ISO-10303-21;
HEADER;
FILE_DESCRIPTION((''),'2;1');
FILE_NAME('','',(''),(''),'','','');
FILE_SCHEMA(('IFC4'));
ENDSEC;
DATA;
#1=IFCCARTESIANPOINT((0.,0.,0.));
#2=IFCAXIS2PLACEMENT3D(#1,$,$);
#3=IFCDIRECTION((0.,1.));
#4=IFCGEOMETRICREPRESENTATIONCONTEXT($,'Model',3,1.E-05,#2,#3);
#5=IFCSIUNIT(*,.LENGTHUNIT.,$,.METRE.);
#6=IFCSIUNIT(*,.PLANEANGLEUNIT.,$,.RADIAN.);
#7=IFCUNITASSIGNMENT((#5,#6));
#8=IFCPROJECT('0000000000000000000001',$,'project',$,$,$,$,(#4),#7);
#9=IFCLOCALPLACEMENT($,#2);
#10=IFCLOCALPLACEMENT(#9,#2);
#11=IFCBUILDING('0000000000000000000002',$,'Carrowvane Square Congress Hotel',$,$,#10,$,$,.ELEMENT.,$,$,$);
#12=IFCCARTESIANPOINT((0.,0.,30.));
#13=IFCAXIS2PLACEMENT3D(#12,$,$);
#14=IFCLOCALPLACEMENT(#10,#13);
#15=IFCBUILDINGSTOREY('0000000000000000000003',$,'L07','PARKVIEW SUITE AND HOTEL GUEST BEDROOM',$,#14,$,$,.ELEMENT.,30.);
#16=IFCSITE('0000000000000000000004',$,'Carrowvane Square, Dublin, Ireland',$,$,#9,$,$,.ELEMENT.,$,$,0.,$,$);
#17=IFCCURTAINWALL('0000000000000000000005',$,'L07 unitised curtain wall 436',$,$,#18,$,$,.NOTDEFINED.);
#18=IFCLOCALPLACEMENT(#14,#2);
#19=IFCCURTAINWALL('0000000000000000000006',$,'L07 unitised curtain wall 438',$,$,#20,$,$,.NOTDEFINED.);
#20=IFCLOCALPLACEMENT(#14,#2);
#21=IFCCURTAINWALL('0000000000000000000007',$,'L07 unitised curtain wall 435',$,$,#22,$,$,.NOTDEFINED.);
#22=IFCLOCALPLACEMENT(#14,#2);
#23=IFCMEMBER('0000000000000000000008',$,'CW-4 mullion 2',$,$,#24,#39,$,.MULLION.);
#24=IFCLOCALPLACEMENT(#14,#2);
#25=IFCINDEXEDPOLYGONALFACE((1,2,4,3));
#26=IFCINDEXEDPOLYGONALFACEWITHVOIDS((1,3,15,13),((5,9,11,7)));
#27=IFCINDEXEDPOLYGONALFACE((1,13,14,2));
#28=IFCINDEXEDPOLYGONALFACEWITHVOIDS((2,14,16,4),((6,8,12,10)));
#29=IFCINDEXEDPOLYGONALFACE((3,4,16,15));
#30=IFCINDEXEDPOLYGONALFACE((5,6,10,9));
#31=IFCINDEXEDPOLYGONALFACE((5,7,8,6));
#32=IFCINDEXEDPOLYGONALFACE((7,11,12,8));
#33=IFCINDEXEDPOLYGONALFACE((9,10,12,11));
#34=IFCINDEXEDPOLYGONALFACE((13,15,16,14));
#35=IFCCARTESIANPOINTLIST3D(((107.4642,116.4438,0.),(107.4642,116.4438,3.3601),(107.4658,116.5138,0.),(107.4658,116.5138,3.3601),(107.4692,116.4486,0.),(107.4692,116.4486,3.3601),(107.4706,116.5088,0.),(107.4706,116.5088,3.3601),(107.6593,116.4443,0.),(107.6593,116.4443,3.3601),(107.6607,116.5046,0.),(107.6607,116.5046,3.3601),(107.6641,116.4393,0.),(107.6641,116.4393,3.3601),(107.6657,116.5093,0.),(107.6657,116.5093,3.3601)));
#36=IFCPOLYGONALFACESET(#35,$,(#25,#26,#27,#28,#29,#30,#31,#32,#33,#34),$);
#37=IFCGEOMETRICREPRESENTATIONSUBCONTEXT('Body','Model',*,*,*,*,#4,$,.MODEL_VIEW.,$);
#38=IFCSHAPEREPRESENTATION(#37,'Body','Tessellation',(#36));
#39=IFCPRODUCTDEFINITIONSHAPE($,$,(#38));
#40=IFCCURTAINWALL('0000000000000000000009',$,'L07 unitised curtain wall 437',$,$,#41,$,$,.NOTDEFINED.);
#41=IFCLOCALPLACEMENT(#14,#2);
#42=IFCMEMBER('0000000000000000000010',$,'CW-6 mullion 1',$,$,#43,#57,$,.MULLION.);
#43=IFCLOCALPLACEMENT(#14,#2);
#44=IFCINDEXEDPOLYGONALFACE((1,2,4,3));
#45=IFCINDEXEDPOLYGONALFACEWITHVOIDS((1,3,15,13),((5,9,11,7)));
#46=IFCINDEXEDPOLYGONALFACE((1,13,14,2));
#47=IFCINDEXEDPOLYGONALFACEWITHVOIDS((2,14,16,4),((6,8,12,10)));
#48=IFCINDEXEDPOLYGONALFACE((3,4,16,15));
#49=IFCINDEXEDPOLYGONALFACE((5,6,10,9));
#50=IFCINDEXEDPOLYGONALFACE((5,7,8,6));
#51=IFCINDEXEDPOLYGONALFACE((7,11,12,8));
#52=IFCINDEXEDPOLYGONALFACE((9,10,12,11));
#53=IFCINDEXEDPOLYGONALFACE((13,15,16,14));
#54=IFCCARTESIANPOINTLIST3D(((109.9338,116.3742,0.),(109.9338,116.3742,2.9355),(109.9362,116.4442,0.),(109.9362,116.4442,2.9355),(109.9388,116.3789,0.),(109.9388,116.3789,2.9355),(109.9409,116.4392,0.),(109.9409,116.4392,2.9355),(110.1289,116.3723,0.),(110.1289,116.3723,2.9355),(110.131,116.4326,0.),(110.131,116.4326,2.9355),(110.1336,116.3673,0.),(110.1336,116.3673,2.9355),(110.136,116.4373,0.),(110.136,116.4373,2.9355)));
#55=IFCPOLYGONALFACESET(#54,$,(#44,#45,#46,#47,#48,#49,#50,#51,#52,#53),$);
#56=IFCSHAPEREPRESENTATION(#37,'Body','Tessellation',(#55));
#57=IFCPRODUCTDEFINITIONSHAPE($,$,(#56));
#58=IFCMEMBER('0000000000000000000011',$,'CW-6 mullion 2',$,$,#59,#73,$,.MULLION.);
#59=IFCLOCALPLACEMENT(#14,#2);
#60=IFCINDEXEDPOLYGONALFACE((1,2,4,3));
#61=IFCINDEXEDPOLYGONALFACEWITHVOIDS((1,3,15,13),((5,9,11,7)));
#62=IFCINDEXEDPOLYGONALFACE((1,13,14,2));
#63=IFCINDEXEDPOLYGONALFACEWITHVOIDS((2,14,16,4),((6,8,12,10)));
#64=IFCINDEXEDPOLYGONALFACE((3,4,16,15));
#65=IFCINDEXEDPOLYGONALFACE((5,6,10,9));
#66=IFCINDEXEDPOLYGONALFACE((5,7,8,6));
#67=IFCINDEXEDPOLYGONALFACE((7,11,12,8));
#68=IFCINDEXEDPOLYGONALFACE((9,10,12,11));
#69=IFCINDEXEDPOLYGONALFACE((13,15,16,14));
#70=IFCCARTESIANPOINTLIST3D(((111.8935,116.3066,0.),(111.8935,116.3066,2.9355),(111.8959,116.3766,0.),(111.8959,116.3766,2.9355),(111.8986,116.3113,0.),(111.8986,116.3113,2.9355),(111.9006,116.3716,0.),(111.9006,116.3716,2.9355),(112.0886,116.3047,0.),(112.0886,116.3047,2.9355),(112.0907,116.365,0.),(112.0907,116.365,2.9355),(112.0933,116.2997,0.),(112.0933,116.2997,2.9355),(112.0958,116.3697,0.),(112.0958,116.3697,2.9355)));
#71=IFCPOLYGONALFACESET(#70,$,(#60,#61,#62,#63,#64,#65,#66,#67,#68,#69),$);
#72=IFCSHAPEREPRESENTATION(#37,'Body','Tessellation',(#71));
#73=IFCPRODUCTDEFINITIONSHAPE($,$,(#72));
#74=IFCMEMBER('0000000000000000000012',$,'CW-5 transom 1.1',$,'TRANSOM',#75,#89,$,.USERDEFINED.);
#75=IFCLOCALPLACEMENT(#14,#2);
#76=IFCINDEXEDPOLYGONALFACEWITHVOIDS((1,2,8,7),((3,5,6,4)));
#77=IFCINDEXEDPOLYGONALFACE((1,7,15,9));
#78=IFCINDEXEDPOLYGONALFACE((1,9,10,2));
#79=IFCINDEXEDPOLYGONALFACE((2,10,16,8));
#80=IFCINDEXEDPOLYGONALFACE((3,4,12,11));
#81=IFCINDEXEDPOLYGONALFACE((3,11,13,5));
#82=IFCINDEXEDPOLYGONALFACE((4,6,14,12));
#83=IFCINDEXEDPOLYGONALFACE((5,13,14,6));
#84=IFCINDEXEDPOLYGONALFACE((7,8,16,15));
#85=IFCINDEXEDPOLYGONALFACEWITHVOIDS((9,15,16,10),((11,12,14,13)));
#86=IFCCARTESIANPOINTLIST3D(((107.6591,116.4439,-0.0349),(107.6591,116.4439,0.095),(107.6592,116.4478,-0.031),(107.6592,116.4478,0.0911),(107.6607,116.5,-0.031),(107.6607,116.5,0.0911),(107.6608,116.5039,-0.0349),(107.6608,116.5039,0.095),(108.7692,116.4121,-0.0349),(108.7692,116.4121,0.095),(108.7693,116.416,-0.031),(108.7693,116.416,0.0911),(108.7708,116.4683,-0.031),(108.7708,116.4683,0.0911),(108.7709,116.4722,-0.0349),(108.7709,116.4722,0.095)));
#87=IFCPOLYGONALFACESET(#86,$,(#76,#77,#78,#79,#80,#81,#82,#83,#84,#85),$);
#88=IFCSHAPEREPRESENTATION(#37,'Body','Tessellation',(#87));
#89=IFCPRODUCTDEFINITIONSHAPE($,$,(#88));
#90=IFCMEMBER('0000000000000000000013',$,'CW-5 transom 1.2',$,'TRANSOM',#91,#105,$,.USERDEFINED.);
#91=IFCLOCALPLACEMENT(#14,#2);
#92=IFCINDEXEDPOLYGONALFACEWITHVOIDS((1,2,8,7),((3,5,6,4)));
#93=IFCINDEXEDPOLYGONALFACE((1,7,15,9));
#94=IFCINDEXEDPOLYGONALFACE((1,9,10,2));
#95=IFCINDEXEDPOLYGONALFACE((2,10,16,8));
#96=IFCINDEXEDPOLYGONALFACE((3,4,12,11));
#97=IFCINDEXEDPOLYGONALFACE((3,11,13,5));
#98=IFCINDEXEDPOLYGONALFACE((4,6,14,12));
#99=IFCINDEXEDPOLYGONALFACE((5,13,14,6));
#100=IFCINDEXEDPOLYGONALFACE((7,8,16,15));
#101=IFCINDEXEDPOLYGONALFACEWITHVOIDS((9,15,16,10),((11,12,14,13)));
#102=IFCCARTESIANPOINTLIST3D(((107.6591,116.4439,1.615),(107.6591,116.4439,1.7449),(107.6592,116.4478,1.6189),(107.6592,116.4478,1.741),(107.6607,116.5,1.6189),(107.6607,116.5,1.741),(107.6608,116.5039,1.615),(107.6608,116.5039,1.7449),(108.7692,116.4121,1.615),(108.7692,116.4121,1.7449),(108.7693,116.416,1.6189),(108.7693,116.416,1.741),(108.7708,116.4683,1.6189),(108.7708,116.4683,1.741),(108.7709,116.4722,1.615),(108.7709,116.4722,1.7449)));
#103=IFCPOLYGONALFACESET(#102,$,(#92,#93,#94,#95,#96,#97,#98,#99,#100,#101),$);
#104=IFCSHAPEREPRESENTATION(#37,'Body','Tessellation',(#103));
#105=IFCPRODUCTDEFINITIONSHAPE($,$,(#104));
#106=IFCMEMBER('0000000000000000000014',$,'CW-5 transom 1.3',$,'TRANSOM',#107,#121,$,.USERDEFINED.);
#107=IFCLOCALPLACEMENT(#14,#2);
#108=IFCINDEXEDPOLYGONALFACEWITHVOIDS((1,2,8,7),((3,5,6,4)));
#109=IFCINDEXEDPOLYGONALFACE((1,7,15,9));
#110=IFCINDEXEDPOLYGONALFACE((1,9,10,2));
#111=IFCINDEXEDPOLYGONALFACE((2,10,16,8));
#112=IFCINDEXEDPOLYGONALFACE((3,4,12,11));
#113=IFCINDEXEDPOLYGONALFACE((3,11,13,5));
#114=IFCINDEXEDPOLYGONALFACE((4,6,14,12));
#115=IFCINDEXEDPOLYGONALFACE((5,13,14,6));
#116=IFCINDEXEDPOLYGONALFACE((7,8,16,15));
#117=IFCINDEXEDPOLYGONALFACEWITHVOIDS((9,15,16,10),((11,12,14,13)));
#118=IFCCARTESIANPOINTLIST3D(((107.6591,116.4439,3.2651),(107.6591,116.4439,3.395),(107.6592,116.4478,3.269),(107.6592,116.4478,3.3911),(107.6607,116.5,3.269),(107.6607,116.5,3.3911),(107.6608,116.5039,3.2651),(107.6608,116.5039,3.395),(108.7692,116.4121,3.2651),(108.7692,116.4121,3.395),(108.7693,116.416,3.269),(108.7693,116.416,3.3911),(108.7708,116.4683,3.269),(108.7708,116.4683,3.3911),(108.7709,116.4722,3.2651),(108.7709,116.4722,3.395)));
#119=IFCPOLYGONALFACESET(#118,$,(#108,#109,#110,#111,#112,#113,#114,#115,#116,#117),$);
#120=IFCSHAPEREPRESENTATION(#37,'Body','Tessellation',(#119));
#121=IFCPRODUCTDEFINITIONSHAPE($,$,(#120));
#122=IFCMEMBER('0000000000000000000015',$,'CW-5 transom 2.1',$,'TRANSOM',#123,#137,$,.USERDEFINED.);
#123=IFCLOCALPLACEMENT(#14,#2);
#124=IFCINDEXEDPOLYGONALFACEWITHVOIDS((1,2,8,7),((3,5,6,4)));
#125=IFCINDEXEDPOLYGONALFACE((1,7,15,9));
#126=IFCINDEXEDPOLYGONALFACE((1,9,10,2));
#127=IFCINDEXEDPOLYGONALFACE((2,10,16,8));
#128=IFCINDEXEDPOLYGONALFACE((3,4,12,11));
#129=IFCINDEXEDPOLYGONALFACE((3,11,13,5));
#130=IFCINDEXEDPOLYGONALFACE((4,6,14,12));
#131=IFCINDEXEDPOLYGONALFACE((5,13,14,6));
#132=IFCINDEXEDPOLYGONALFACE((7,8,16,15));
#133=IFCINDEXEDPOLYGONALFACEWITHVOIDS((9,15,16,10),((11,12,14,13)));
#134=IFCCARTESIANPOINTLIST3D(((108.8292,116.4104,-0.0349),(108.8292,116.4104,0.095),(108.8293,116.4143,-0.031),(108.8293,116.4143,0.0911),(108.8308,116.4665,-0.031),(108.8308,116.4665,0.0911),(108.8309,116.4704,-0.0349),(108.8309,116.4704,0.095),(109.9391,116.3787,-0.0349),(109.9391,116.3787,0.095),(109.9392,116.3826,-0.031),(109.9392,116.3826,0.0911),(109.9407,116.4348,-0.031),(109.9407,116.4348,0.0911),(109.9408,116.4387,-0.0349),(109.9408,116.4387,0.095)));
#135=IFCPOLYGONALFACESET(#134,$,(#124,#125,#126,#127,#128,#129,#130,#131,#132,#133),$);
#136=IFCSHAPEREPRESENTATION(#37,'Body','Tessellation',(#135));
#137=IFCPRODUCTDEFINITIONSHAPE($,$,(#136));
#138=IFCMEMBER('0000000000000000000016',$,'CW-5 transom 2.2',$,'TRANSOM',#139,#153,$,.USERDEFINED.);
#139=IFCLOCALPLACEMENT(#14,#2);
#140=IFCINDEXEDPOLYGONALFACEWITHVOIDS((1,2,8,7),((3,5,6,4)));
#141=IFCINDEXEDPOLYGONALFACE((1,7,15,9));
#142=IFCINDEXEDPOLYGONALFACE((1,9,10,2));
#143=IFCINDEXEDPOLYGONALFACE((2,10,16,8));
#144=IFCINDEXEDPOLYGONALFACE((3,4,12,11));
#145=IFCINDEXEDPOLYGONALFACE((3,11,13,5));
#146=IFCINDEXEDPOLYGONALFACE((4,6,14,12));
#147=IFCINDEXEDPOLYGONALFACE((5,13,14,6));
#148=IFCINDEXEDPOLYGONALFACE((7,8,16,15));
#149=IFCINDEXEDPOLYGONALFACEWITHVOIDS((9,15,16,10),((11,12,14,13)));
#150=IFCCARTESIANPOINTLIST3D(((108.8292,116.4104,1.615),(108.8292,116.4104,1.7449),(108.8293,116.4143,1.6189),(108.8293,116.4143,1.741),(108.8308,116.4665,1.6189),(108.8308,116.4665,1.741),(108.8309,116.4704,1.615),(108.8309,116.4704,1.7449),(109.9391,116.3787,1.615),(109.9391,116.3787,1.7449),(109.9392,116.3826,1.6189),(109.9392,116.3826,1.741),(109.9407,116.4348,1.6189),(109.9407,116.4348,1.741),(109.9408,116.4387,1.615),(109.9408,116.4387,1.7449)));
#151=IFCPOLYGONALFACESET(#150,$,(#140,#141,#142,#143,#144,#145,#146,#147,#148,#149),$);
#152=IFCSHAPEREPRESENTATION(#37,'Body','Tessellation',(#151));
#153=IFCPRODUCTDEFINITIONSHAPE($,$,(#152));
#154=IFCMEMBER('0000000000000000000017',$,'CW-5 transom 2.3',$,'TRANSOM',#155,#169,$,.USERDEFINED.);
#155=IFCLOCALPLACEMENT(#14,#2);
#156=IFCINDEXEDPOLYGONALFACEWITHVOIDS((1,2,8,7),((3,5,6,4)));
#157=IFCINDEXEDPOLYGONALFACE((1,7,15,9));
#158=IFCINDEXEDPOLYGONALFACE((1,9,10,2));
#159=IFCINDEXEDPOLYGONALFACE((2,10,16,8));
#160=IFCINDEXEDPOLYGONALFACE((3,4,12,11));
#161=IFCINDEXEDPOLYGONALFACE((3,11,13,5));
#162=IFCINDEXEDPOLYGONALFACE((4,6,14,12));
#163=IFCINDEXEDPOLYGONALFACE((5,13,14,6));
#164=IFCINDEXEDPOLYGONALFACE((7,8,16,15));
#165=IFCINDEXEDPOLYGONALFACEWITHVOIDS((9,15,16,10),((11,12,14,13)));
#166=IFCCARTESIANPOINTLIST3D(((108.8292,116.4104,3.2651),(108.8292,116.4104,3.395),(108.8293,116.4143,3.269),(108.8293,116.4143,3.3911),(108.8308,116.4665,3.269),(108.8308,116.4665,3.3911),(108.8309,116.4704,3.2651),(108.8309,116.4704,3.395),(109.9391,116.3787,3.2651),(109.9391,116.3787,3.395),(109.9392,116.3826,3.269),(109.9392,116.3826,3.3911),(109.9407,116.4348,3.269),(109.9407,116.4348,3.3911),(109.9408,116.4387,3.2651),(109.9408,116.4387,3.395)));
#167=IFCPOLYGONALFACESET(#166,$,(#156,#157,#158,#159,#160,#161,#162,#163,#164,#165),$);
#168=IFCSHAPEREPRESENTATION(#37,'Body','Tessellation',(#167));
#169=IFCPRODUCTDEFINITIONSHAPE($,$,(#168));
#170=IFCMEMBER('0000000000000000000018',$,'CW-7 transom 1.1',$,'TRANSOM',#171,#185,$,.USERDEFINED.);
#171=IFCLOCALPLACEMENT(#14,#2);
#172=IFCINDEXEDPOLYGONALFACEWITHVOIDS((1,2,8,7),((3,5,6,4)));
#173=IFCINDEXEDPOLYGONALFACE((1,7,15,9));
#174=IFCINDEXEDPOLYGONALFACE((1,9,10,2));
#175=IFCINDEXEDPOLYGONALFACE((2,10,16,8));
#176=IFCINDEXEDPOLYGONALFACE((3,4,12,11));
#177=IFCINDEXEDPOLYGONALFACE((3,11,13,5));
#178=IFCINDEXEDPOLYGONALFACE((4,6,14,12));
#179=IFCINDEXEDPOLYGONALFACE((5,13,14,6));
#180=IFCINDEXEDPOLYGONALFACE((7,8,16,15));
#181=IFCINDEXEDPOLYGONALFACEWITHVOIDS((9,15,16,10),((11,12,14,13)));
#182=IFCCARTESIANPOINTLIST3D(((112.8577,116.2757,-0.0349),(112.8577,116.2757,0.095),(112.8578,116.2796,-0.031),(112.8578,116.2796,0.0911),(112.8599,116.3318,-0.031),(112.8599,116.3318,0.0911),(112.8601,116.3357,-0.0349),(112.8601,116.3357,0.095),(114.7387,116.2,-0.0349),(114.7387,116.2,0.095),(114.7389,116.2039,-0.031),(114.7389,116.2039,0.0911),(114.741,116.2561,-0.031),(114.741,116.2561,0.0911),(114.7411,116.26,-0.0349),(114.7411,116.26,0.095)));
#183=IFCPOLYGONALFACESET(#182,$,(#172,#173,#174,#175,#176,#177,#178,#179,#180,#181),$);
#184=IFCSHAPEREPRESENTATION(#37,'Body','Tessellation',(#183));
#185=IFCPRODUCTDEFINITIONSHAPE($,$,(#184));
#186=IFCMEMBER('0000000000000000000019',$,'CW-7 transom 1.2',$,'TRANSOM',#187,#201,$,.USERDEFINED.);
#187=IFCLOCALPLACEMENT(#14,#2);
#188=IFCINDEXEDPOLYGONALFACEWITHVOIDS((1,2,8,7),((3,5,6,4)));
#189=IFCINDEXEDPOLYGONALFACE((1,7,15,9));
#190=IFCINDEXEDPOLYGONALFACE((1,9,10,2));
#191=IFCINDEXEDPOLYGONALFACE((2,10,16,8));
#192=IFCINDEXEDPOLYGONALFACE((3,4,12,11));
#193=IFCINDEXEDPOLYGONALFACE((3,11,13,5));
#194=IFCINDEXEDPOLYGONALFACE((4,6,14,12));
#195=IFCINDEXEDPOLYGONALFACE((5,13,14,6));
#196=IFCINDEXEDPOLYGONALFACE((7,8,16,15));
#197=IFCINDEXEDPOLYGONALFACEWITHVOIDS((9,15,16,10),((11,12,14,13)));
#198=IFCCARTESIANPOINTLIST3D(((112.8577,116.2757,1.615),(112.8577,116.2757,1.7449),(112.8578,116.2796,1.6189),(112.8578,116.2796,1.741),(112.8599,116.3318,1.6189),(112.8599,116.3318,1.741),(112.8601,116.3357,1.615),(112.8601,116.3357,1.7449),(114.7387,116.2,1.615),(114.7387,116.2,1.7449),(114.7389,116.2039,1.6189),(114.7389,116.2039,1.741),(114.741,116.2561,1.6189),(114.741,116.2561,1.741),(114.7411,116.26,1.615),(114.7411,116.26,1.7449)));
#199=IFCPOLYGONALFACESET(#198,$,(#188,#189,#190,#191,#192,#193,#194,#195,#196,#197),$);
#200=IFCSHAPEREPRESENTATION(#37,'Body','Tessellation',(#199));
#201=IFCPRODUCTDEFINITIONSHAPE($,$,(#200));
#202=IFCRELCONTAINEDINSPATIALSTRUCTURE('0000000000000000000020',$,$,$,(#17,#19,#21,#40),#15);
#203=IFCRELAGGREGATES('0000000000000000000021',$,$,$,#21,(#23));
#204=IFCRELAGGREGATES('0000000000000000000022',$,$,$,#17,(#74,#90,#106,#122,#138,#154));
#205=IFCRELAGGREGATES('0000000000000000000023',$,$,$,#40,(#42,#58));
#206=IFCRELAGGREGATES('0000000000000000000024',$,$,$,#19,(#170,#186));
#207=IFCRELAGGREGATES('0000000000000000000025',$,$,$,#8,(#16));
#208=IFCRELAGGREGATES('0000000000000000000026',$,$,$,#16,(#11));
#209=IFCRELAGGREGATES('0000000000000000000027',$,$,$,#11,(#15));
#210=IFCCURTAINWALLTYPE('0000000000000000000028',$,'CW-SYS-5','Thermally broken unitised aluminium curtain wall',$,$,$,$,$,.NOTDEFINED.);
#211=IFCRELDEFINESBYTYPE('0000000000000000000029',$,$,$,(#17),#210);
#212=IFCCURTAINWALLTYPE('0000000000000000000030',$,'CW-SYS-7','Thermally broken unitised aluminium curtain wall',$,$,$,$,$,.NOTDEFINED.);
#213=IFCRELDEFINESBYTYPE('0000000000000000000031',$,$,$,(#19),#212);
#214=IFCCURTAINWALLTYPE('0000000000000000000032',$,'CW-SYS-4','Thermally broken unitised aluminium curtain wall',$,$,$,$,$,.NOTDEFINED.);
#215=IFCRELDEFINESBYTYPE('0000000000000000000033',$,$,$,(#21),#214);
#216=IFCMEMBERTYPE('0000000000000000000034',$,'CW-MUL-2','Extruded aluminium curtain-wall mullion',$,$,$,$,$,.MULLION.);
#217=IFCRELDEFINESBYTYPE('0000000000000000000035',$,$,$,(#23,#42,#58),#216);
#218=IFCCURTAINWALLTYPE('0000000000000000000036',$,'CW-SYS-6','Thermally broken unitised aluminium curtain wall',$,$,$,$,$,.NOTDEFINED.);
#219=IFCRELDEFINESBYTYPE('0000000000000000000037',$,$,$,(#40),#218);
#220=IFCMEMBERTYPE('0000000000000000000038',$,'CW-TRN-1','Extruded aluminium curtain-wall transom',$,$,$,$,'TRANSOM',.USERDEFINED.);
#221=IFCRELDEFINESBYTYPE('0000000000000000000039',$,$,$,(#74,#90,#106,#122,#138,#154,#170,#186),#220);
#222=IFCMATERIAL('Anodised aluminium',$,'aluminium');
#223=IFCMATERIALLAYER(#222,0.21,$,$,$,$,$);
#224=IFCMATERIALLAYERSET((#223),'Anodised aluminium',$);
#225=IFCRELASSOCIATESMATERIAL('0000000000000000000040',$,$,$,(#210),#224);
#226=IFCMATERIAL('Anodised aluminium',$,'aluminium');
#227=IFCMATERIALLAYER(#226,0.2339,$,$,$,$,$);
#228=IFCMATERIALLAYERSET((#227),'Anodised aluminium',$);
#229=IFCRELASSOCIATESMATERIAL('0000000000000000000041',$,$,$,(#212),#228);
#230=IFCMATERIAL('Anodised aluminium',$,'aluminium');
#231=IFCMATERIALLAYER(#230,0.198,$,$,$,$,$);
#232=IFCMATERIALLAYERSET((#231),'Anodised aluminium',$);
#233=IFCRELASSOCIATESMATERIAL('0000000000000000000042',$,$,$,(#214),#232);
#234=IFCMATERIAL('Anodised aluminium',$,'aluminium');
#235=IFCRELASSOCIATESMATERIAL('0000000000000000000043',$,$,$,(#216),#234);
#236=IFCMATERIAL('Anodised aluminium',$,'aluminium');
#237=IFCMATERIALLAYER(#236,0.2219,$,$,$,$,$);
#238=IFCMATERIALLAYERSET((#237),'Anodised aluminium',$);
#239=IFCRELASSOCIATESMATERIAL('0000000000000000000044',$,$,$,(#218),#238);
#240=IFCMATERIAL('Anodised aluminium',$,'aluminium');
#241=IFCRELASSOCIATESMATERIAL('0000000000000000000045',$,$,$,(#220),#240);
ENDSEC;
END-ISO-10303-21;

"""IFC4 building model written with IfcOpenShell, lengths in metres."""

from ifc_helpers import new_model, si_unit, direction, frame, origin, origin_2d, place, context, subcontext, project, spatial, hollow_rectangle, extrude, material, layer, layer_set, material_profile, profile_set, type_object, element, aggregate, save


model = new_model("IFC4")

# Units and contexts
model_context = context("Model", 3, precision=1e-05, world=origin(), true_north=direction((0.0, 1.0)))
body_context = subcontext(model_context, "Body", "Model", "MODEL_VIEW")
ifc_project = project(units=[si_unit("LENGTHUNIT", "METRE"), si_unit("PLANEANGLEUNIT", "RADIAN")], contexts=[model_context])

# Site, building, storey
site_placement = place(None, origin())
site = spatial("IfcSite", under=ifc_project, at=site_placement, Name="Carrowvane Square, Dublin, Ireland", CompositionType="ELEMENT", RefElevation=0.0)
building_placement = place(site_placement, origin())
building = spatial("IfcBuilding", under=site, at=building_placement, Name="Carrowvane Square Congress Hotel", CompositionType="ELEMENT")
storey_placement = place(building_placement, frame((0.0, 0.0, 30.0)))
storey = spatial("IfcBuildingStorey", under=building, at=storey_placement, Name="L07", Description="PARKVIEW SUITE AND HOTEL GUEST BEDROOM", CompositionType="ELEMENT", Elevation=30.0)

# Curtain wall
ifc_material_1 = material(Name="Anodised aluminium", Category="aluminium")
ifc_layer_1 = layer(ifc_material_1, 0.21)
ifc_layer_set_1 = layer_set([ifc_layer_1], Name="Anodised aluminium")
curtain_wall_type_1 = type_object("IfcCurtainWallType", Name="CW-SYS-5", Description="Thermally broken unitised aluminium curtain wall", PredefinedType="NOTDEFINED", material=ifc_layer_set_1)
curtain_wall_1_placement = place(storey_placement, origin())
curtain_wall_1 = element("IfcCurtainWall", 1, at=curtain_wall_1_placement, inside=storey, type_object=curtain_wall_type_1, Name="L07 unitised curtain wall 436", PredefinedType="NOTDEFINED")

# Curtain wall
ifc_material_2 = material(Name="Anodised aluminium", Category="aluminium")
ifc_layer_2 = layer(ifc_material_2, 0.2339)
ifc_layer_set_2 = layer_set([ifc_layer_2], Name="Anodised aluminium")
curtain_wall_type_2 = type_object("IfcCurtainWallType", Name="CW-SYS-7", Description="Thermally broken unitised aluminium curtain wall", PredefinedType="NOTDEFINED", material=ifc_layer_set_2)
curtain_wall_2_placement = place(storey_placement, origin())
curtain_wall_2 = element("IfcCurtainWall", 2, at=curtain_wall_2_placement, inside=storey, type_object=curtain_wall_type_2, Name="L07 unitised curtain wall 438", PredefinedType="NOTDEFINED")

# Curtain walls, members
ifc_material_3 = material(Name="Anodised aluminium", Category="aluminium")
ifc_layer_3 = layer(ifc_material_3, 0.198)
ifc_layer_set_3 = layer_set([ifc_layer_3], Name="Anodised aluminium")
curtain_wall_type_3 = type_object("IfcCurtainWallType", Name="CW-SYS-4", Description="Thermally broken unitised aluminium curtain wall", PredefinedType="NOTDEFINED", material=ifc_layer_set_3)
curtain_wall_3_placement = place(storey_placement, origin())
curtain_wall_3 = element("IfcCurtainWall", 3, at=curtain_wall_3_placement, inside=storey, type_object=curtain_wall_type_3, Name="L07 unitised curtain wall 435", PredefinedType="NOTDEFINED")
ifc_material_4 = material(Name="Anodised aluminium", Category="aluminium")
ifc_material_profile_1 = material_profile(ifc_material_4, hollow_rectangle(XDim=0.0701, YDim=0.2, WallThickness=0.0049, at=origin_2d()), Name="CW-ML 70x200x5")
ifc_profile_set_1 = profile_set([ifc_material_profile_1], Name="Anodised aluminium")
member_type_1 = type_object("IfcMemberType", Name="CW-MUL-2", Description="Extruded aluminium curtain-wall mullion", PredefinedType="MULLION", material=ifc_profile_set_1)
member_1_placement = place(storey_placement, frame((107.5649, 116.4766, 0.0), z_axis=(0.0, 0.0, 1.0), x_axis=(0.022518, 0.999746, 0.0)))
member_1 = element("IfcMember", 4, at=member_1_placement, type_object=member_type_1, Name="CW-4 mullion 2", PredefinedType="MULLION", context=body_context, shape_type="SweptSolid", body=[
    extrude(hollow_rectangle(XDim=0.0701, YDim=0.2, WallThickness=0.0049, at=origin_2d()), origin(), (0.0, 0.0, 1.0), 3.3601),
])
ifc_material_5 = material(Name="Anodised aluminium", Category="aluminium")
ifc_layer_4 = layer(ifc_material_5, 0.2219)
ifc_layer_set_4 = layer_set([ifc_layer_4], Name="Anodised aluminium")
curtain_wall_type_4 = type_object("IfcCurtainWallType", Name="CW-SYS-6", Description="Thermally broken unitised aluminium curtain wall", PredefinedType="NOTDEFINED", material=ifc_layer_set_4)
curtain_wall_4_placement = place(storey_placement, origin())
curtain_wall_4 = element("IfcCurtainWall", 5, at=curtain_wall_4_placement, inside=storey, type_object=curtain_wall_type_4, Name="L07 unitised curtain wall 437", PredefinedType="NOTDEFINED")
member_2_placement = place(storey_placement, frame((110.0349, 116.4058, 0.0), z_axis=(0.0, 0.0, 1.0), x_axis=(0.03453, 0.999404, 0.0)))
member_2 = element("IfcMember", 6, at=member_2_placement, type_object=member_type_1, Name="CW-6 mullion 1", PredefinedType="MULLION", context=body_context, shape_type="SweptSolid", body=[
    extrude(hollow_rectangle(XDim=0.0701, YDim=0.2, WallThickness=0.0049, at=origin_2d()), origin(), (0.0, 0.0, 1.0), 2.9355),
])
member_3_placement = place(storey_placement, frame((111.9946, 116.3381, 0.0), z_axis=(0.0, 0.0, 1.0), x_axis=(0.03453, 0.999404, 0.0)))
member_3 = element("IfcMember", 7, at=member_3_placement, type_object=member_type_1, Name="CW-6 mullion 2", PredefinedType="MULLION", context=body_context, shape_type="SweptSolid", body=[
    extrude(hollow_rectangle(XDim=0.0701, YDim=0.2, WallThickness=0.0049, at=origin_2d()), origin(), (0.0, 0.0, 1.0), 2.9355),
])

# Members
ifc_material_6 = material(Name="Anodised aluminium", Category="aluminium")
ifc_material_profile_2 = material_profile(ifc_material_6, hollow_rectangle(XDim=0.0601, YDim=0.1299, WallThickness=0.0039, at=origin_2d()), Name="CW-TR 60x130x4")
ifc_profile_set_2 = profile_set([ifc_material_profile_2], Name="Anodised aluminium")
member_type_2 = type_object("IfcMemberType", Name="CW-TRN-1", Description="Extruded aluminium curtain-wall transom", ElementType="TRANSOM", PredefinedType="USERDEFINED", material=ifc_profile_set_2)
member_4_placement = place(storey_placement, frame((107.6599, 116.4739, 0.03), z_axis=(0.999592, -0.028579, 0.0), x_axis=(0.028579, 0.999592, 0.0)))
member_4 = element("IfcMember", 8, at=member_4_placement, type_object=member_type_2, Name="CW-5 transom 1.1", ObjectType="TRANSOM", PredefinedType="USERDEFINED", context=body_context, shape_type="SweptSolid", body=[
    extrude(hollow_rectangle(XDim=0.0601, YDim=0.1299, WallThickness=0.0039, at=origin_2d()), origin(), (0.0, 0.0, 1.0), 1.1106),
])
member_5_placement = place(storey_placement, frame((107.6599, 116.4739, 1.6799), z_axis=(0.999592, -0.028579, 0.0), x_axis=(0.028579, 0.999592, 0.0)))
member_5 = element("IfcMember", 9, at=member_5_placement, type_object=member_type_2, Name="CW-5 transom 1.2", ObjectType="TRANSOM", PredefinedType="USERDEFINED", context=body_context, shape_type="SweptSolid", body=[
    extrude(hollow_rectangle(XDim=0.0601, YDim=0.1299, WallThickness=0.0039, at=origin_2d()), origin(), (0.0, 0.0, 1.0), 1.1106),
])
member_6_placement = place(storey_placement, frame((107.6599, 116.4739, 3.3301), z_axis=(0.999592, -0.028579, 0.0), x_axis=(0.028579, 0.999592, 0.0)))
member_6 = element("IfcMember", 10, at=member_6_placement, type_object=member_type_2, Name="CW-5 transom 1.3", ObjectType="TRANSOM", PredefinedType="USERDEFINED", context=body_context, shape_type="SweptSolid", body=[
    extrude(hollow_rectangle(XDim=0.0601, YDim=0.1299, WallThickness=0.0039, at=origin_2d()), origin(), (0.0, 0.0, 1.0), 1.1106),
])
member_7_placement = place(storey_placement, frame((108.8301, 116.4404, 0.03), z_axis=(0.999591, -0.028585, 0.0), x_axis=(0.028585, 0.999591, 0.0)))
member_7 = element("IfcMember", 11, at=member_7_placement, type_object=member_type_2, Name="CW-5 transom 2.1", ObjectType="TRANSOM", PredefinedType="USERDEFINED", context=body_context, shape_type="SweptSolid", body=[
    extrude(hollow_rectangle(XDim=0.0601, YDim=0.1299, WallThickness=0.0039, at=origin_2d()), origin(), (0.0, 0.0, 1.0), 1.1104),
])
member_8_placement = place(storey_placement, frame((108.8301, 116.4404, 1.6799), z_axis=(0.999591, -0.028585, 0.0), x_axis=(0.028585, 0.999591, 0.0)))
member_8 = element("IfcMember", 12, at=member_8_placement, type_object=member_type_2, Name="CW-5 transom 2.2", ObjectType="TRANSOM", PredefinedType="USERDEFINED", context=body_context, shape_type="SweptSolid", body=[
    extrude(hollow_rectangle(XDim=0.0601, YDim=0.1299, WallThickness=0.0039, at=origin_2d()), origin(), (0.0, 0.0, 1.0), 1.1104),
])
member_9_placement = place(storey_placement, frame((108.8301, 116.4404, 3.3301), z_axis=(0.999591, -0.028585, 0.0), x_axis=(0.028585, 0.999591, 0.0)))
member_9 = element("IfcMember", 13, at=member_9_placement, type_object=member_type_2, Name="CW-5 transom 2.3", ObjectType="TRANSOM", PredefinedType="USERDEFINED", context=body_context, shape_type="SweptSolid", body=[
    extrude(hollow_rectangle(XDim=0.0601, YDim=0.1299, WallThickness=0.0039, at=origin_2d()), origin(), (0.0, 0.0, 1.0), 1.1104),
])
member_10_placement = place(storey_placement, frame((112.8589, 116.3057, 0.03), z_axis=(0.999192, -0.040201, 0.0), x_axis=(0.040201, 0.999192, 0.0)))
member_10 = element("IfcMember", 14, at=member_10_placement, type_object=member_type_2, Name="CW-7 transom 1.1", ObjectType="TRANSOM", PredefinedType="USERDEFINED", context=body_context, shape_type="SweptSolid", body=[
    extrude(hollow_rectangle(XDim=0.0601, YDim=0.1299, WallThickness=0.0039, at=origin_2d()), origin(), (0.0, 0.0, 1.0), 1.8826),
])
member_11_placement = place(storey_placement, frame((112.8589, 116.3057, 1.6799), z_axis=(0.999192, -0.040201, 0.0), x_axis=(0.040201, 0.999192, 0.0)))
member_11 = element("IfcMember", 15, at=member_11_placement, type_object=member_type_2, Name="CW-7 transom 1.2", ObjectType="TRANSOM", PredefinedType="USERDEFINED", context=body_context, shape_type="SweptSolid", body=[
    extrude(hollow_rectangle(XDim=0.0601, YDim=0.1299, WallThickness=0.0039, at=origin_2d()), origin(), (0.0, 0.0, 1.0), 1.8826),
])

aggregate(curtain_wall_3, [member_1])
aggregate(curtain_wall_1, [member_4, member_5, member_6, member_7, member_8, member_9])
aggregate(curtain_wall_4, [member_2, member_3])
aggregate(curtain_wall_2, [member_10, member_11])

save(model, "model.ifc")
